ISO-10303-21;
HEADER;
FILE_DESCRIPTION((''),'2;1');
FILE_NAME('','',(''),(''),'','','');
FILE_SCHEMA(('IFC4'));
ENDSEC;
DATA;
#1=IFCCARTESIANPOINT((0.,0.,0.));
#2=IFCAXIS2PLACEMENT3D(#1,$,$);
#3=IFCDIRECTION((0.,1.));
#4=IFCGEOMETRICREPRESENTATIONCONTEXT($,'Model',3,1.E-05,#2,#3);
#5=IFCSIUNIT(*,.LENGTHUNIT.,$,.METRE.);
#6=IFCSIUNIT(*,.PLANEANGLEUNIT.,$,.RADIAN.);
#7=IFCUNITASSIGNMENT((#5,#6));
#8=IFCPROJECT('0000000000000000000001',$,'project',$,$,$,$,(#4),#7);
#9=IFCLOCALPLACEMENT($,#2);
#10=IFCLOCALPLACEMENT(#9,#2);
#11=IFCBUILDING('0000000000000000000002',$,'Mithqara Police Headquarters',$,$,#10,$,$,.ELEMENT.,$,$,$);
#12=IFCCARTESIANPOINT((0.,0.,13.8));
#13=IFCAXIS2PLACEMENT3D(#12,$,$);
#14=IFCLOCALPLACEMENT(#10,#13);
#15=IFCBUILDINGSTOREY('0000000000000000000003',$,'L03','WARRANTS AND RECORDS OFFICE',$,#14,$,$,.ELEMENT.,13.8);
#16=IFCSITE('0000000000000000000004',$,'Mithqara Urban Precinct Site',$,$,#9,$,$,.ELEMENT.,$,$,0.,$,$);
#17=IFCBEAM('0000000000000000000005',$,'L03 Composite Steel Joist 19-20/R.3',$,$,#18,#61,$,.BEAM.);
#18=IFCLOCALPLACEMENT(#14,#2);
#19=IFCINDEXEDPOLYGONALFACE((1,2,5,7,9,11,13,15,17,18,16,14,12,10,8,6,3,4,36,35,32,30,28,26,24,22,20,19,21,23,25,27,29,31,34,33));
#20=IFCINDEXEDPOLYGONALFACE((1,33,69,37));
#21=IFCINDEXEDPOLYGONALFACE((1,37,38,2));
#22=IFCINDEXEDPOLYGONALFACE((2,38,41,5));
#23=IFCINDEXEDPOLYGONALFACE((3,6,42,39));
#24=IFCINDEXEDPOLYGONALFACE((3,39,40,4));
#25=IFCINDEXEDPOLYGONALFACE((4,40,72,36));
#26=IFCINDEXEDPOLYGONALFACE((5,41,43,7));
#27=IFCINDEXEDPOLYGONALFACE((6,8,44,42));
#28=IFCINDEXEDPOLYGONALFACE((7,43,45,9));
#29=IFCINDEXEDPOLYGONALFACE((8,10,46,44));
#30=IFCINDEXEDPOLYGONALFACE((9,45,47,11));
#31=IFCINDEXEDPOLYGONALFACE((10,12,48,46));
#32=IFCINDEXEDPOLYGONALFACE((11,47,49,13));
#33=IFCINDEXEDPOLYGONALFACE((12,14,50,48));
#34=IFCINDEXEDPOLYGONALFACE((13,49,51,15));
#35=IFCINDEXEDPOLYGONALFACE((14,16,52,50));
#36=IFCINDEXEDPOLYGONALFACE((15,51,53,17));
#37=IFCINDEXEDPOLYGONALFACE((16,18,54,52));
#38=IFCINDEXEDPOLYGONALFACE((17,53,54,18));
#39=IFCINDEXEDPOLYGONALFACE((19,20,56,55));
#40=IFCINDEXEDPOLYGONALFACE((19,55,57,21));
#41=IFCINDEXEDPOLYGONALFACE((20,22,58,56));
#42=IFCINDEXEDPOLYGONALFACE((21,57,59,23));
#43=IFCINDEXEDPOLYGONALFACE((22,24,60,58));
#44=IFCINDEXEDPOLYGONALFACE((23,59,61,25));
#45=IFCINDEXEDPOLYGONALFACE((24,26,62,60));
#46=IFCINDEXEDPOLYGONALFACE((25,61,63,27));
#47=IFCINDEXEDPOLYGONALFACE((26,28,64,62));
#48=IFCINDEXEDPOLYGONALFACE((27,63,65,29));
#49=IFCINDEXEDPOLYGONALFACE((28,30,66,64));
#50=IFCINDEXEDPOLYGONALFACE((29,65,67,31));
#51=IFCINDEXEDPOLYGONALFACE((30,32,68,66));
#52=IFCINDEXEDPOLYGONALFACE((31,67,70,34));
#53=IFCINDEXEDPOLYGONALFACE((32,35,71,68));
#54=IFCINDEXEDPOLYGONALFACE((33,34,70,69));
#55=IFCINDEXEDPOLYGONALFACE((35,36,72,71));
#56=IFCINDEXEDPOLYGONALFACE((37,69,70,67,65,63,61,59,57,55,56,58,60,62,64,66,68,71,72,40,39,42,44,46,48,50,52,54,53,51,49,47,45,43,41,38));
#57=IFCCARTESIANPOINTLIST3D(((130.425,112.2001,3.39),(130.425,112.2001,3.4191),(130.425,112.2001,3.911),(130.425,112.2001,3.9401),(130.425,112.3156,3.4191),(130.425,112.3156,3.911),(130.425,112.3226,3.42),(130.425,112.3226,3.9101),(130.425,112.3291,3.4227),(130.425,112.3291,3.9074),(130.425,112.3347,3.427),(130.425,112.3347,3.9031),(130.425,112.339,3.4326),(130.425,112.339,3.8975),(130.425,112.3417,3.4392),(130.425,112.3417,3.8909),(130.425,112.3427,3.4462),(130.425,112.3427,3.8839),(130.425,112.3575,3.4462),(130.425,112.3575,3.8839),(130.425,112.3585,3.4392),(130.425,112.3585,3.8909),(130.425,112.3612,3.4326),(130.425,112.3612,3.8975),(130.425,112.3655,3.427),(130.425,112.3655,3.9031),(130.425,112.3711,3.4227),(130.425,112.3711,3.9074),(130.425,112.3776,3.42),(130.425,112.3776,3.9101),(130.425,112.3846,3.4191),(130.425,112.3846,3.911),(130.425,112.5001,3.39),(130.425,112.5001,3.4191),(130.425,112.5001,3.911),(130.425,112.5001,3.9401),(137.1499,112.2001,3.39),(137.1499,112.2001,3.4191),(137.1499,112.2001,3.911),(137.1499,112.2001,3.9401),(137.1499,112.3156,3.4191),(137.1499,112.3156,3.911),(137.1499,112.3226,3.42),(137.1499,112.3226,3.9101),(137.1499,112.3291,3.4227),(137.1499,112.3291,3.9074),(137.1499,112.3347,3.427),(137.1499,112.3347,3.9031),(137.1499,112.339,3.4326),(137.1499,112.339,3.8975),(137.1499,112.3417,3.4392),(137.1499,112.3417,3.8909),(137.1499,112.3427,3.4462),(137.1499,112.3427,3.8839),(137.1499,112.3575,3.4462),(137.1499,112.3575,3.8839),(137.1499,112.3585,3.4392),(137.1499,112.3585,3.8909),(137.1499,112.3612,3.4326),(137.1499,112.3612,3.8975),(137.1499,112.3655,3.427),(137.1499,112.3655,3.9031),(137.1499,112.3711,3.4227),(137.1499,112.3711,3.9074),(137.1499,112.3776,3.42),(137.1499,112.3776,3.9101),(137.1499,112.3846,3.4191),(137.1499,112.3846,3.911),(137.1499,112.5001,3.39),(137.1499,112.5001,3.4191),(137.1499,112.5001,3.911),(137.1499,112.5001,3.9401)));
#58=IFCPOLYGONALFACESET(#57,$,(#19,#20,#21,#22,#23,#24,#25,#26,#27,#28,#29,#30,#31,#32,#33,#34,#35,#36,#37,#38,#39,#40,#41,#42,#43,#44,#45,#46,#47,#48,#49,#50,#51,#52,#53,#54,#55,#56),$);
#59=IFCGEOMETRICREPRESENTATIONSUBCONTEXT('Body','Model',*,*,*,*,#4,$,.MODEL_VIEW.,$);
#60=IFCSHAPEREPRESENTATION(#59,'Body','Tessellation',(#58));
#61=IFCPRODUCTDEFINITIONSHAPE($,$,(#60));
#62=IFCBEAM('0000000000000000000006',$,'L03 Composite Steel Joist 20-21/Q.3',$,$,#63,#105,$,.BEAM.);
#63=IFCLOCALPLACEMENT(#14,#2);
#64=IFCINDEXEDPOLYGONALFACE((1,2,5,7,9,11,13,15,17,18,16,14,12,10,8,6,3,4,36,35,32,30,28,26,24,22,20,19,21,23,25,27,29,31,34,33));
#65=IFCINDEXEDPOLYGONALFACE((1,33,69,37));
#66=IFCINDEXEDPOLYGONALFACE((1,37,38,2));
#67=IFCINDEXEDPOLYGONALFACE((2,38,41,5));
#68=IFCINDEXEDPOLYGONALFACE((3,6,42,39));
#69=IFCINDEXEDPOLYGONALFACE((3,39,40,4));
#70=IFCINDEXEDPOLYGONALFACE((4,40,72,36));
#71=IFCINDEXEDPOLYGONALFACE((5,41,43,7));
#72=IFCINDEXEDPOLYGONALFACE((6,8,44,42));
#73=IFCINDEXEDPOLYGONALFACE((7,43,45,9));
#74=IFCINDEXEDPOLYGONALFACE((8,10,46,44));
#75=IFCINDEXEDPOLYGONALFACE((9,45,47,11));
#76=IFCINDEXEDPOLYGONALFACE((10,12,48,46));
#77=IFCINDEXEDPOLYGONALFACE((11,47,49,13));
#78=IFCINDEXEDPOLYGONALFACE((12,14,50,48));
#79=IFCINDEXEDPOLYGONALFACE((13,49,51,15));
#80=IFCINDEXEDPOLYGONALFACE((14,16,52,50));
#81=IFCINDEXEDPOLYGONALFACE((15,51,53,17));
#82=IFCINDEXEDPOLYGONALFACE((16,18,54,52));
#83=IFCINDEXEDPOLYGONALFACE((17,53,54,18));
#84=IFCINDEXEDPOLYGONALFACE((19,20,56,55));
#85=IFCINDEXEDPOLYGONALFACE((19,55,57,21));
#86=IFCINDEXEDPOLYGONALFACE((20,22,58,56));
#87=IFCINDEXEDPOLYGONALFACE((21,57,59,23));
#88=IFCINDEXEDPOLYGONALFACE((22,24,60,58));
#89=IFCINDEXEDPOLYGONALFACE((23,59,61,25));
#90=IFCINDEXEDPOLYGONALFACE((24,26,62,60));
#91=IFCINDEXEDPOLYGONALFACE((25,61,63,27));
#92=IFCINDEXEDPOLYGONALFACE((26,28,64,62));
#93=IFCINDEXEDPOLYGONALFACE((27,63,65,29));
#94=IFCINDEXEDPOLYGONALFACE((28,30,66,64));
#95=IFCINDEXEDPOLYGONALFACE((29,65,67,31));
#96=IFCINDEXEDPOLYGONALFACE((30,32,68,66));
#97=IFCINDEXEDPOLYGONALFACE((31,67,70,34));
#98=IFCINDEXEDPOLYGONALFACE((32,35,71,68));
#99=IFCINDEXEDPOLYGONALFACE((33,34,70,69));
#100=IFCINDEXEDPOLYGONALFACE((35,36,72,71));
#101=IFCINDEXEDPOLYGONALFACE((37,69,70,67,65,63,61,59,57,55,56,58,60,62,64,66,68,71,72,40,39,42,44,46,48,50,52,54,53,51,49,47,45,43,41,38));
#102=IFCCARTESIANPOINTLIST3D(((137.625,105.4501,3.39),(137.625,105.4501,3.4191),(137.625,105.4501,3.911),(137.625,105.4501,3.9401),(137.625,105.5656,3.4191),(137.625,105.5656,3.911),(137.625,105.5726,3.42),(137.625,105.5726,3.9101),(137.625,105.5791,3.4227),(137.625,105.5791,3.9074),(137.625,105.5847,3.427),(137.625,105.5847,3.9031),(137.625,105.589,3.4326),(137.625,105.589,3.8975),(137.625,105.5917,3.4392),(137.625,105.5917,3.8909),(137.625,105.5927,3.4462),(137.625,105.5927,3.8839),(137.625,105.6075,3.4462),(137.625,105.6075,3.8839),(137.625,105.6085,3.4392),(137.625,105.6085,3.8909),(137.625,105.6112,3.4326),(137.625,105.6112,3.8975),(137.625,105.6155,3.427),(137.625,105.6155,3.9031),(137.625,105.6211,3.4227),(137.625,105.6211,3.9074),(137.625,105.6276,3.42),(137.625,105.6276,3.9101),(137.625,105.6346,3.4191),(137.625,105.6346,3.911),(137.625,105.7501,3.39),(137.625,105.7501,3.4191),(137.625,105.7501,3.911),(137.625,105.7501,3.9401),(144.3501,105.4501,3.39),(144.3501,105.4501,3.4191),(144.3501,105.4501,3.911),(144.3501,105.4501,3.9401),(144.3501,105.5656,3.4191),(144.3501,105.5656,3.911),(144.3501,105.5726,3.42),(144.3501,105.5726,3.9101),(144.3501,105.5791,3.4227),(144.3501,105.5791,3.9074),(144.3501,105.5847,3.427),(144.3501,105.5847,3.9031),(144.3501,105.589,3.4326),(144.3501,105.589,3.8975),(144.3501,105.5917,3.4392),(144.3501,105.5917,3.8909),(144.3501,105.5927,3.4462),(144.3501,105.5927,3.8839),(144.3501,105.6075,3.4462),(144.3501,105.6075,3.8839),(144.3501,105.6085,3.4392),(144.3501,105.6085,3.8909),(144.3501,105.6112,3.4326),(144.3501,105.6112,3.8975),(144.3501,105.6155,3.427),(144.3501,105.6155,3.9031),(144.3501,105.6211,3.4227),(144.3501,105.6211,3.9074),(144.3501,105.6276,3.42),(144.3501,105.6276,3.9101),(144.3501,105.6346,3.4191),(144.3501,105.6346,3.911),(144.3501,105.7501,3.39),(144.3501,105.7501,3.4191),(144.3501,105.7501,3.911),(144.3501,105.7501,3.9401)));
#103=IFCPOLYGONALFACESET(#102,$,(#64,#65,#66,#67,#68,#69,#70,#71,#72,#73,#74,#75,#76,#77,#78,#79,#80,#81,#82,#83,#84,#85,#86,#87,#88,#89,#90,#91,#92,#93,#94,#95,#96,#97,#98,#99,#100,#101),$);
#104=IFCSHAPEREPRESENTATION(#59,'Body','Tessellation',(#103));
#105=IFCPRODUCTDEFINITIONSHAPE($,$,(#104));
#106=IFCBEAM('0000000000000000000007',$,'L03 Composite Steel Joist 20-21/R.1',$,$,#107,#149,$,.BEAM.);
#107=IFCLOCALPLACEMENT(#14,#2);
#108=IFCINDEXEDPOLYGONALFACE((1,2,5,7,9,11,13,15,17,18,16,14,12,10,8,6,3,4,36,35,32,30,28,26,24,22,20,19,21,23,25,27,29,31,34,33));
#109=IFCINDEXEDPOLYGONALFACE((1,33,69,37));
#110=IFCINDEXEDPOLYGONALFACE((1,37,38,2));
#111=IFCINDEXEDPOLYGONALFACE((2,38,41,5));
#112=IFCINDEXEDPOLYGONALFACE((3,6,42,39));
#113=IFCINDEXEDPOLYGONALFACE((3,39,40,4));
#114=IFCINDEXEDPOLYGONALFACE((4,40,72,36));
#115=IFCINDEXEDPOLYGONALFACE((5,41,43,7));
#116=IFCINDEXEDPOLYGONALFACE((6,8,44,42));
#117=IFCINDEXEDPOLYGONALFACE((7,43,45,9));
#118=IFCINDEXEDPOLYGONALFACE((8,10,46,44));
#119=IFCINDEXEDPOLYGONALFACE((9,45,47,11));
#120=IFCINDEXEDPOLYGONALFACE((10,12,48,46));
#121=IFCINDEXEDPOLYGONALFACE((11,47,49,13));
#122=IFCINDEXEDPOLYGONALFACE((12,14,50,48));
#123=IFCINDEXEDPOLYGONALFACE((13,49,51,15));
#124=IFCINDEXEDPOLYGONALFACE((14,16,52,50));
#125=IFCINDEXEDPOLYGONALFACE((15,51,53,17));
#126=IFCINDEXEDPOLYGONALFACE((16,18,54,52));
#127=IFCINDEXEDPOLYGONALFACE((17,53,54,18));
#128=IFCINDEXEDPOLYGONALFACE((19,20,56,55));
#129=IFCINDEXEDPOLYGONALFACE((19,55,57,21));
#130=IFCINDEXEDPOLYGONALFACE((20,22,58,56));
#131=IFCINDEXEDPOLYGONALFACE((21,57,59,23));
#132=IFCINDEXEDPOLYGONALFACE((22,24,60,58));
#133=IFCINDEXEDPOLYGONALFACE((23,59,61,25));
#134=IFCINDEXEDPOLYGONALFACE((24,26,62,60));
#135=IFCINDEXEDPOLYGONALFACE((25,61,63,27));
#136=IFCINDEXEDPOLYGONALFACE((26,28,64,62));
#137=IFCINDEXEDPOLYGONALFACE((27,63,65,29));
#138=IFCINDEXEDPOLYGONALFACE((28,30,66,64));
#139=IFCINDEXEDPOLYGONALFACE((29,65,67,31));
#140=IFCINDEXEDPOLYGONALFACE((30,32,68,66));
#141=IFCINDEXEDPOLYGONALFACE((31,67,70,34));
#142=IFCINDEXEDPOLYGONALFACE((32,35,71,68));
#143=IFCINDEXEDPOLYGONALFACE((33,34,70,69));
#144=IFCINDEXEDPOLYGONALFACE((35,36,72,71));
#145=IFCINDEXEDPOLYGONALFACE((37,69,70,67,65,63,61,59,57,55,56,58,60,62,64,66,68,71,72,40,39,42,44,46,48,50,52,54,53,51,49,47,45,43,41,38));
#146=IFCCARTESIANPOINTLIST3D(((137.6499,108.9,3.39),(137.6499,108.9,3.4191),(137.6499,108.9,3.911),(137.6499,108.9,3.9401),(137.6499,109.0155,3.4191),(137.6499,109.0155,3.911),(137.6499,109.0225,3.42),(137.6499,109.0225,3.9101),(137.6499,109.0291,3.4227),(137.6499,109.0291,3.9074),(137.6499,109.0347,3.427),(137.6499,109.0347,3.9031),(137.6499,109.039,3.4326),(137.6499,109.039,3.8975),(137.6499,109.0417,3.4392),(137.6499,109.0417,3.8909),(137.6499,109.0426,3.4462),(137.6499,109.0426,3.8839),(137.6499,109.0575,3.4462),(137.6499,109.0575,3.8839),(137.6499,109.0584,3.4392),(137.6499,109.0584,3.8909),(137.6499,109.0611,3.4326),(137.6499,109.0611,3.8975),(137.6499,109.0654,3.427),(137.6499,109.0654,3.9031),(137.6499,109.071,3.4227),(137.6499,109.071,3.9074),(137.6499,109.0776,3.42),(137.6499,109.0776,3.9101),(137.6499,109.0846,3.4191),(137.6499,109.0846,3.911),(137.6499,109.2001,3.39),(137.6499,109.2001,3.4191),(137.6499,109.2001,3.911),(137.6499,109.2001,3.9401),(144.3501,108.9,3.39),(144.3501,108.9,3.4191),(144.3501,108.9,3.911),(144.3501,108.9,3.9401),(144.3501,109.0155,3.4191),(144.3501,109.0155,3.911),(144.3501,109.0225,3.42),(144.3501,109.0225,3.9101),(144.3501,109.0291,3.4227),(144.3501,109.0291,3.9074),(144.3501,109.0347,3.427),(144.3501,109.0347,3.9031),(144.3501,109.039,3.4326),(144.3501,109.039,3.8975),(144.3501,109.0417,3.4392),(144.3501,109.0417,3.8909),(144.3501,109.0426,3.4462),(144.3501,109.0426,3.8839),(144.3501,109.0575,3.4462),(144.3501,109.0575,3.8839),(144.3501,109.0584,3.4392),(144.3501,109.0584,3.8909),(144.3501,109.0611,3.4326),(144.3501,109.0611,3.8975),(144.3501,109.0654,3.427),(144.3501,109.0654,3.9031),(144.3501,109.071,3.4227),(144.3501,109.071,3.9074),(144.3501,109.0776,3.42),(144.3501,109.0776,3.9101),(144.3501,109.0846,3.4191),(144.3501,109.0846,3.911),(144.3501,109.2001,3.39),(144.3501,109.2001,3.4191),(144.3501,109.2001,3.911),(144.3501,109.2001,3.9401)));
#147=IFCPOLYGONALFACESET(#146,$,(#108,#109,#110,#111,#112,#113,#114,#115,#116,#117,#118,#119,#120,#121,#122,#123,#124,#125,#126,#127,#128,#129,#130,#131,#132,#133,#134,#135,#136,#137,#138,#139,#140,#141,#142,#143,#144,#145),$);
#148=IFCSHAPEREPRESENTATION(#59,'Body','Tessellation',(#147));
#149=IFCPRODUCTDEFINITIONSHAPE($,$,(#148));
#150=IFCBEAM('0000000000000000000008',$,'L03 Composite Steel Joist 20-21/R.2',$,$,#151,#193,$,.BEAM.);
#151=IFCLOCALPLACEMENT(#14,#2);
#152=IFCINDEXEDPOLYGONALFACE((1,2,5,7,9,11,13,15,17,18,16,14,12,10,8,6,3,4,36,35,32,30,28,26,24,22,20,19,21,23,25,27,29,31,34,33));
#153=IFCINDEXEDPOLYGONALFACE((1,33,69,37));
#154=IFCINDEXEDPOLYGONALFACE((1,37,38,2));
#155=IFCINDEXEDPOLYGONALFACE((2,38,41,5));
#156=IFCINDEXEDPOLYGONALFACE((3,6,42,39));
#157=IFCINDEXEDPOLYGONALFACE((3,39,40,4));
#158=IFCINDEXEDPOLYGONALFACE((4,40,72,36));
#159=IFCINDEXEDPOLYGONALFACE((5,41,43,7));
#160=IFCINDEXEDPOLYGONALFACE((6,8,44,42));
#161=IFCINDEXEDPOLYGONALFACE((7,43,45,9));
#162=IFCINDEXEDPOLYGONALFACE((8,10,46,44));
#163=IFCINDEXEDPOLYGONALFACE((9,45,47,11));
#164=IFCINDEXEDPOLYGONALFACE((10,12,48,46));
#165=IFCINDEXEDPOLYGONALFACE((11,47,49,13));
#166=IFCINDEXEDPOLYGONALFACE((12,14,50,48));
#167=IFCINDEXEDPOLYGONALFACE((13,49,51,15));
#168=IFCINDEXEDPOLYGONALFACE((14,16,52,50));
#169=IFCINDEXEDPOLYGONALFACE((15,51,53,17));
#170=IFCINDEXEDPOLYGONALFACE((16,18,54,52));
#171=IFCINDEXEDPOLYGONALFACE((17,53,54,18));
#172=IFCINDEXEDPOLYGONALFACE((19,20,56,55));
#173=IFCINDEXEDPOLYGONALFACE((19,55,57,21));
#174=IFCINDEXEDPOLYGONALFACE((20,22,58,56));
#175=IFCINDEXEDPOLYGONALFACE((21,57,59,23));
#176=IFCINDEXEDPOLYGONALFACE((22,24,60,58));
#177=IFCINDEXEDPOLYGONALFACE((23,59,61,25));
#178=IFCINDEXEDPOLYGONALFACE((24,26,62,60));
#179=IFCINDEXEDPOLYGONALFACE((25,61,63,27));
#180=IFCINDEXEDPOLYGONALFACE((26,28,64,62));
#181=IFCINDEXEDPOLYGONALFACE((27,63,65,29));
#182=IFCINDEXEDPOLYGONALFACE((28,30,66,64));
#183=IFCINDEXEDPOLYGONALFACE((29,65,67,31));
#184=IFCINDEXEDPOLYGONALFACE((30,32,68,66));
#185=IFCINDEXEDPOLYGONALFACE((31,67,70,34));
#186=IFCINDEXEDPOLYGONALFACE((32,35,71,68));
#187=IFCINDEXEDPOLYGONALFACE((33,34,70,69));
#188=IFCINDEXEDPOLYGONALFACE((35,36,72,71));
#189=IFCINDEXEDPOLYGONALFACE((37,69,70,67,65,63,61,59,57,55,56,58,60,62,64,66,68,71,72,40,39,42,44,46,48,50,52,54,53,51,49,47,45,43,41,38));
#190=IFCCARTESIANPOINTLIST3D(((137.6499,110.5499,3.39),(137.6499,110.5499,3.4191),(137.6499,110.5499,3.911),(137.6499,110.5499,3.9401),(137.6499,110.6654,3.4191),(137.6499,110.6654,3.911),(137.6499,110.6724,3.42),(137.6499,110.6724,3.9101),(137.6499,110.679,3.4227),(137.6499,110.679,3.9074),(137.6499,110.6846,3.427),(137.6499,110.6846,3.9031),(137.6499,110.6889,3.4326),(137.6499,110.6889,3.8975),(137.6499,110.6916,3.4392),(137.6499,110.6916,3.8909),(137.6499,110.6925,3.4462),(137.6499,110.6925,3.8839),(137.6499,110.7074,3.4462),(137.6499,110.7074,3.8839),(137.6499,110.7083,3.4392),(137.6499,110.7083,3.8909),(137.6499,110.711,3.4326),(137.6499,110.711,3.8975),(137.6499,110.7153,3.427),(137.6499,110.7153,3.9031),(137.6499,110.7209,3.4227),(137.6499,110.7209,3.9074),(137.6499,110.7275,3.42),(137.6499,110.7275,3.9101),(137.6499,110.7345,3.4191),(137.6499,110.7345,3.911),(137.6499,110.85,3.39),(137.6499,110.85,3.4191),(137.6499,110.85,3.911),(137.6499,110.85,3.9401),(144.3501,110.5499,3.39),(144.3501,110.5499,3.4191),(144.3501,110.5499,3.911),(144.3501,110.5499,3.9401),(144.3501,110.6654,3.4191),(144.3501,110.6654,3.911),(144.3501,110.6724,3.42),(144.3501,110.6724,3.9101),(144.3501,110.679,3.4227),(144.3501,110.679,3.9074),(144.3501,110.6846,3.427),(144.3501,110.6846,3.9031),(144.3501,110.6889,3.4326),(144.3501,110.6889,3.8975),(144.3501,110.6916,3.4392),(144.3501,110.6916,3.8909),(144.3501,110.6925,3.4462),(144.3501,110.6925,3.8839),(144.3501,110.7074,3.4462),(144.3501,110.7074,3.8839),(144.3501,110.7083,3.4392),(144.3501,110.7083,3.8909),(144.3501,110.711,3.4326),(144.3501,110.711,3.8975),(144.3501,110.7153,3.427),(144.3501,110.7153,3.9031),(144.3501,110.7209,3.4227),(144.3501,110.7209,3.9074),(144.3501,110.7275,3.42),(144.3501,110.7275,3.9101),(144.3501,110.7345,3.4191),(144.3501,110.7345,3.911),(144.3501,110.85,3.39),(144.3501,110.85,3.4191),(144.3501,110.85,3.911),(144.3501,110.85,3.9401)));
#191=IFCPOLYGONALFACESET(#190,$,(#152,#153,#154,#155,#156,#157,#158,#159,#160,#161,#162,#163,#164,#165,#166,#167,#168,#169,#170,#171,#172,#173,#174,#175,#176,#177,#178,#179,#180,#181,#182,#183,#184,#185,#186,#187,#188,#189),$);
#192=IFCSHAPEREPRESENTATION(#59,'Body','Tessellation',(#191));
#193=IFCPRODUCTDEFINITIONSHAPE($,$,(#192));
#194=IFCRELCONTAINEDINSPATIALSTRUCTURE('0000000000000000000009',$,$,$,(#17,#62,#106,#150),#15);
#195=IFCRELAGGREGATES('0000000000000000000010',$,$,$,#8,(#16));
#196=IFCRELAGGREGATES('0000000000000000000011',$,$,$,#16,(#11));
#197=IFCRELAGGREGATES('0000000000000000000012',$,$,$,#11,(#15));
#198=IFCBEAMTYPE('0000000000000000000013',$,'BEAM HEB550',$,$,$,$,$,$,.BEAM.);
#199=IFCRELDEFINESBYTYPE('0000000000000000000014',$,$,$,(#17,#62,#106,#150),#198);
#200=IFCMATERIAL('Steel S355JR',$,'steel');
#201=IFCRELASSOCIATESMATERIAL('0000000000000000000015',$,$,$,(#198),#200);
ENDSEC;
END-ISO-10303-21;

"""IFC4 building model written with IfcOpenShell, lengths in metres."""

from ifc_helpers import new_model, si_unit, direction, frame, origin, origin_2d, place, context, subcontext, project, spatial, i_section, extrude, material, material_profile, profile_set, type_object, element, save


model = new_model("IFC4")

# Units and contexts
model_context = context("Model", 3, precision=1e-05, world=origin(), true_north=direction((0.0, 1.0)))
body_context = subcontext(model_context, "Body", "Model", "MODEL_VIEW")
ifc_project = project(units=[si_unit("LENGTHUNIT", "METRE"), si_unit("PLANEANGLEUNIT", "RADIAN")], contexts=[model_context])

# Site, building, storey
site_placement = place(None, origin())
site = spatial("IfcSite", under=ifc_project, at=site_placement, Name="Mithqara Urban Precinct Site", CompositionType="ELEMENT", RefElevation=0.0)
building_placement = place(site_placement, origin())
building = spatial("IfcBuilding", under=site, at=building_placement, Name="Mithqara Police Headquarters", CompositionType="ELEMENT")
storey_placement = place(building_placement, frame((0.0, 0.0, 13.8)))
storey = spatial("IfcBuildingStorey", under=building, at=storey_placement, Name="L03", Description="WARRANTS AND RECORDS OFFICE", CompositionType="ELEMENT", Elevation=13.8)

# Beams
ifc_material_1 = material(Name="Steel S355JR", Category="steel")
ifc_material_profile_1 = material_profile(ifc_material_1, i_section(OverallWidth=0.3, OverallDepth=0.55, WebThickness=0.0149, FlangeThickness=0.0291, FilletRadius=0.0271, at=origin_2d()), Name="HEB 550")
ifc_profile_set_1 = profile_set([ifc_material_profile_1], Name="Steel S355JR")
beam_type_1 = type_object("IfcBeamType", Name="BEAM HEB550", PredefinedType="BEAM", material=ifc_profile_set_1)
for number, where, z_axis, x_axis, name in (
    (1, (130.425, 112.3501, 3.665), (1.0, 0.0, 0.0), (0.0, 1.0, 0.0), "L03 Composite Steel Joist 19-20/R.3"),
):
    element("IfcBeam", number, at=place(storey_placement, frame(where, z_axis=z_axis, x_axis=x_axis)), inside=storey, type_object=beam_type_1, Name=name, PredefinedType="BEAM", context=body_context, shape_type="SweptSolid", body=[
        extrude(i_section(OverallWidth=0.3, OverallDepth=0.55, WebThickness=0.0149, FlangeThickness=0.0291, FilletRadius=0.0271, at=origin_2d()), origin(), (0.0, 0.0, 1.0), 6.7249),
    ])
beam_1_placement = place(storey_placement, frame((137.625, 105.6001, 3.665), z_axis=(1.0, 0.0, 0.0), x_axis=(0.0, 1.0, 0.0)))
element("IfcBeam", 2, at=beam_1_placement, inside=storey, type_object=beam_type_1, Name="L03 Composite Steel Joist 20-21/Q.3", PredefinedType="BEAM", context=body_context, shape_type="SweptSolid", body=[
    extrude(i_section(OverallWidth=0.3, OverallDepth=0.55, WebThickness=0.0149, FlangeThickness=0.0291, FilletRadius=0.0271, at=origin_2d()), origin(), (0.0, 0.0, 1.0), 6.7251),
])
for number, where, z_axis, x_axis, name in (
    (3, (137.6499, 109.05, 3.665), (1.0, 0.0, 0.0), (0.0, 1.0, 0.0), "L03 Composite Steel Joist 20-21/R.1"),
    (4, (137.6499, 110.7, 3.665), (1.0, 0.0, 0.0), (0.0, 1.0, 0.0), "L03 Composite Steel Joist 20-21/R.2"),
):
    element("IfcBeam", number, at=place(storey_placement, frame(where, z_axis=z_axis, x_axis=x_axis)), inside=storey, type_object=beam_type_1, Name=name, PredefinedType="BEAM", context=body_context, shape_type="SweptSolid", body=[
        extrude(i_section(OverallWidth=0.3, OverallDepth=0.55, WebThickness=0.0149, FlangeThickness=0.0291, FilletRadius=0.0271, at=origin_2d()), origin(), (0.0, 0.0, 1.0), 6.7002),
    ])

save(model, "model.ifc")
